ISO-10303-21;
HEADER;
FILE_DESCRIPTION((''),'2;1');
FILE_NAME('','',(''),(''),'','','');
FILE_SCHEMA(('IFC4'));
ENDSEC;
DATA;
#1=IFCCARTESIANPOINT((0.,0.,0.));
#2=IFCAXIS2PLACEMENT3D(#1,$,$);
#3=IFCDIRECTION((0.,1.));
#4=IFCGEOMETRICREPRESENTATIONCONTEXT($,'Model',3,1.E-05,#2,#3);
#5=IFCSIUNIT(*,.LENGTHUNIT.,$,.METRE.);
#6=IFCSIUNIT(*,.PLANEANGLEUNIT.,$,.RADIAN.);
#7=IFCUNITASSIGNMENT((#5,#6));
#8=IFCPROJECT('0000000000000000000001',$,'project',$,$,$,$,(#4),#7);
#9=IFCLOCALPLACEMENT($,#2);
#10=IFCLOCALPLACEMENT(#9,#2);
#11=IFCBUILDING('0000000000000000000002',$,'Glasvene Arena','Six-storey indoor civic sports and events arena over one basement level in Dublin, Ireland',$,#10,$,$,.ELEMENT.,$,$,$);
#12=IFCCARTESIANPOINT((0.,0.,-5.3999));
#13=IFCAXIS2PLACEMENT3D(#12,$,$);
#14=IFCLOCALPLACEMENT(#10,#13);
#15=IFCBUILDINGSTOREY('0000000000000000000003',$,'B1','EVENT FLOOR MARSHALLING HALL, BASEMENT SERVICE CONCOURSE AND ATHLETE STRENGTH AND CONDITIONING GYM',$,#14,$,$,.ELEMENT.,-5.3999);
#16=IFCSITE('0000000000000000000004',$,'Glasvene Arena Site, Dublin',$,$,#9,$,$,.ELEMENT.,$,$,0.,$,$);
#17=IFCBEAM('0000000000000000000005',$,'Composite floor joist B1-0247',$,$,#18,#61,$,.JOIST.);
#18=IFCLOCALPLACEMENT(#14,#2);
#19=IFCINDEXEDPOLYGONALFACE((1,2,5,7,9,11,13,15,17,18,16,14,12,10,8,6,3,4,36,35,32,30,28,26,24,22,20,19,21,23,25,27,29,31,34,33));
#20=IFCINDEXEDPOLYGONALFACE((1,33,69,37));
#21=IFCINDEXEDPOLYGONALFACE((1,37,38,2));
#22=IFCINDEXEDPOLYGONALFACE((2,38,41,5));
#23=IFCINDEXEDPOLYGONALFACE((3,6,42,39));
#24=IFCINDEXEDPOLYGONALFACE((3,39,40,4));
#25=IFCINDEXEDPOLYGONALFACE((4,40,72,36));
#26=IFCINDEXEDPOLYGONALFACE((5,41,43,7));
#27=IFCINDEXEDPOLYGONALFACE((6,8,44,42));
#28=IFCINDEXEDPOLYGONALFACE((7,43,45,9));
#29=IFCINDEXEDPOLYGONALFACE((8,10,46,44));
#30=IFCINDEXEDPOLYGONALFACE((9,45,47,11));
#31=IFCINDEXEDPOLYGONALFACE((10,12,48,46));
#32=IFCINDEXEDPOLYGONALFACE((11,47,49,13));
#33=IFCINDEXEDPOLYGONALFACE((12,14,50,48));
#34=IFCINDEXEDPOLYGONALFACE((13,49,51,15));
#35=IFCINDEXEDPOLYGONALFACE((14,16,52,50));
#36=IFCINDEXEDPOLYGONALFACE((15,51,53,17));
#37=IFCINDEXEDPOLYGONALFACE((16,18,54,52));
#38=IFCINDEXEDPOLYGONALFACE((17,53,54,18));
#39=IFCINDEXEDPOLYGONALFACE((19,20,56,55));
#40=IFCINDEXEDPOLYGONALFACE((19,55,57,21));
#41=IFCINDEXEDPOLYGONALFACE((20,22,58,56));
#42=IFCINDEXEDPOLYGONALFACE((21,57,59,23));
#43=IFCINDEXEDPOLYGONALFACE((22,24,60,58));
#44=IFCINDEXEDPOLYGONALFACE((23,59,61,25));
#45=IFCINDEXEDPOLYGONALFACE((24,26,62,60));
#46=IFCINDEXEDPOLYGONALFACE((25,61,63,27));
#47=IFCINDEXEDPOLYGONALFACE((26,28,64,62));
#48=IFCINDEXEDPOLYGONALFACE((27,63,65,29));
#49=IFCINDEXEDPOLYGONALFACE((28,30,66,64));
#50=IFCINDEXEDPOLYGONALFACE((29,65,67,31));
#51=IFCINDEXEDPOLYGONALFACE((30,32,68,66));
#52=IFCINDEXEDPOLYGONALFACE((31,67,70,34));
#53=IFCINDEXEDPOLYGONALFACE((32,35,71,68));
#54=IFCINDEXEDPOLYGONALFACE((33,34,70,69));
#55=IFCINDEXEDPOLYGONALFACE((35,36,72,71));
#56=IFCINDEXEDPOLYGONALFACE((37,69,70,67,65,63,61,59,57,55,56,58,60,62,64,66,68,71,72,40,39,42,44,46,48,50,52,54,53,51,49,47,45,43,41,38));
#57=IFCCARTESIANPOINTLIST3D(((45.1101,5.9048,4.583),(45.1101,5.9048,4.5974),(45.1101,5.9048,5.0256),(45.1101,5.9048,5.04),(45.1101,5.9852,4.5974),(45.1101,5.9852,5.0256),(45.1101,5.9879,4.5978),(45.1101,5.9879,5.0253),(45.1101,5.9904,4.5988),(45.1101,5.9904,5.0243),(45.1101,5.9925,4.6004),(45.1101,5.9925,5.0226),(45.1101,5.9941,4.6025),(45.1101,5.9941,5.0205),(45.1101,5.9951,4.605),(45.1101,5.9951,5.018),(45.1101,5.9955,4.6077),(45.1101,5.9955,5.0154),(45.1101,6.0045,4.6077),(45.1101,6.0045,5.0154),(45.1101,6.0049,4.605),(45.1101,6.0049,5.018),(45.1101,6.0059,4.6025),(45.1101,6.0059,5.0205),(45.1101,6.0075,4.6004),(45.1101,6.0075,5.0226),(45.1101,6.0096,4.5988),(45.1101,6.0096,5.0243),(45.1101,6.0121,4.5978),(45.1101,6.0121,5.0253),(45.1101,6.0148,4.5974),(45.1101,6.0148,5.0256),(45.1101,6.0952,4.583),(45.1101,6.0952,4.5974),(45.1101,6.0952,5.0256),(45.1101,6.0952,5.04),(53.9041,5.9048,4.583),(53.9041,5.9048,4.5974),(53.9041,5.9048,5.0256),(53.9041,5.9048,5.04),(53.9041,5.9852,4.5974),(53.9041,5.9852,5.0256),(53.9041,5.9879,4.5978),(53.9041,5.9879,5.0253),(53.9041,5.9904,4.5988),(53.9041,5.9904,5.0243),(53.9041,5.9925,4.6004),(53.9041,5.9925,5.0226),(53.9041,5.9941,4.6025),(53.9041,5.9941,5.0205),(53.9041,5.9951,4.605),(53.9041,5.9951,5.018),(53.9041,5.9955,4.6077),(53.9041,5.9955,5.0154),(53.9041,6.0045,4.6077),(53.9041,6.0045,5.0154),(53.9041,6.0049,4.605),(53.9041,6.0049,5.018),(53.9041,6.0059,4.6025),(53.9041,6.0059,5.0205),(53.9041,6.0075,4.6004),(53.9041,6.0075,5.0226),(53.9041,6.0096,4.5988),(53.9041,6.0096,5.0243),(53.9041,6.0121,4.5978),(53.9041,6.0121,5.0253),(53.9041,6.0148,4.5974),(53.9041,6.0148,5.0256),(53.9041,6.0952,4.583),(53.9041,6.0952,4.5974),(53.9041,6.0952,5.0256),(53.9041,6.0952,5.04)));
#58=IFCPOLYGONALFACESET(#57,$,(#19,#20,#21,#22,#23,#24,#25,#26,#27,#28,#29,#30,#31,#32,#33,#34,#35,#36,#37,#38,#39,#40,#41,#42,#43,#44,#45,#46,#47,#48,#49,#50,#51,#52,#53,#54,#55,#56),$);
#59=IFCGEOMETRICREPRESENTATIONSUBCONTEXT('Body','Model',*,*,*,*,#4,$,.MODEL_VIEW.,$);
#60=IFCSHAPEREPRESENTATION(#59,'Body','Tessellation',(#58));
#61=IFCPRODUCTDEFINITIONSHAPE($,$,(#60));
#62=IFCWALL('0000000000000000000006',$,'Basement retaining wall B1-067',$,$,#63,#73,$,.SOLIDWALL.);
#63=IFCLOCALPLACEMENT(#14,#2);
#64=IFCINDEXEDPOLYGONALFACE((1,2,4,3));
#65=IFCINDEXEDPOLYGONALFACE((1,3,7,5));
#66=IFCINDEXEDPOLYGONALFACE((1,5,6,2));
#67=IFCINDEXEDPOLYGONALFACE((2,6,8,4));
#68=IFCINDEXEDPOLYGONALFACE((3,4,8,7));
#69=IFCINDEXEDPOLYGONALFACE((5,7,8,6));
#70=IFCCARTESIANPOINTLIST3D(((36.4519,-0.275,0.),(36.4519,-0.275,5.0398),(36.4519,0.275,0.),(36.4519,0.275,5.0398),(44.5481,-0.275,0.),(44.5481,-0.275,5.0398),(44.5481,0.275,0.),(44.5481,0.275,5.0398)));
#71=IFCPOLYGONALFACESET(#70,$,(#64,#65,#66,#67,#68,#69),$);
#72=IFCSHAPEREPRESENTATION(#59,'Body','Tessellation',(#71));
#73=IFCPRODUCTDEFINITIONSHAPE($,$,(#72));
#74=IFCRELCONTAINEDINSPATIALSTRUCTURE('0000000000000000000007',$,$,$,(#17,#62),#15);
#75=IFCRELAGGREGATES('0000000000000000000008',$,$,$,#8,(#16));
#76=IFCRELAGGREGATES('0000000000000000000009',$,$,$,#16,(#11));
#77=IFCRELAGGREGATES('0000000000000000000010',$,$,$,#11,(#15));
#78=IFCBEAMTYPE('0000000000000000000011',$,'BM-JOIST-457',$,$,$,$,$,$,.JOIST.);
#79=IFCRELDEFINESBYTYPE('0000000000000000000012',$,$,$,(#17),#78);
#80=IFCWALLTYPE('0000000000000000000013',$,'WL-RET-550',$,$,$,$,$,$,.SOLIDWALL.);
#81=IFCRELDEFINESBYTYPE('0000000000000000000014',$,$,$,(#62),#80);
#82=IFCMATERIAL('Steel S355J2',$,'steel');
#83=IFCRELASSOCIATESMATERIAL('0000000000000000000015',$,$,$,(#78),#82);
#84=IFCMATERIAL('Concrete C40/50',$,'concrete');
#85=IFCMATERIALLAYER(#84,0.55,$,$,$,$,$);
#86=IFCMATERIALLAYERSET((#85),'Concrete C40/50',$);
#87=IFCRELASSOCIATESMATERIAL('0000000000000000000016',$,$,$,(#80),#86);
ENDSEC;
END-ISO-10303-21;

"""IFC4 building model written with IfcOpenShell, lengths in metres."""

from ifc_helpers import new_model, si_unit, direction, frame, frame_2d, origin, origin_2d, place, context, subcontext, project, spatial, rectangle, i_section, extrude, material, layer, layer_set, material_profile, profile_set, type_object, element, save


model = new_model("IFC4")

# Units and contexts
model_context = context("Model", 3, precision=1e-05, world=origin(), true_north=direction((0.0, 1.0)))
body_context = subcontext(model_context, "Body", "Model", "MODEL_VIEW")
ifc_project = project(units=[si_unit("LENGTHUNIT", "METRE"), si_unit("PLANEANGLEUNIT", "RADIAN")], contexts=[model_context])

# Site, building, storey
site_placement = place(None, origin())
site = spatial("IfcSite", under=ifc_project, at=site_placement, Name="Glasvene Arena Site, Dublin", CompositionType="ELEMENT", RefElevation=0.0)
building_placement = place(site_placement, origin())
building = spatial("IfcBuilding", under=site, at=building_placement, Name="Glasvene Arena", Description="Six-storey indoor civic sports and events arena over one basement level in Dublin, Ireland", CompositionType="ELEMENT")
storey_placement = place(building_placement, frame((0.0, 0.0, -5.3999)))
storey = spatial("IfcBuildingStorey", under=building, at=storey_placement, Name="B1", Description="EVENT FLOOR MARSHALLING HALL, BASEMENT SERVICE CONCOURSE AND ATHLETE STRENGTH AND CONDITIONING GYM", CompositionType="ELEMENT", Elevation=-5.3999)

# Shared definitions
ifc_material_1 = material(Name="Concrete C40/50", Category="concrete")

# Shared definitions
ifc_material_2 = material(Name="Steel S355J2", Category="steel")

# Beam
ifc_material_profile_1 = material_profile(ifc_material_2, i_section(OverallWidth=0.1904, OverallDepth=0.457, WebThickness=0.009, FlangeThickness=0.0144, FilletRadius=0.0103, at=origin_2d()), Name="UKB 457x191x74")
ifc_profile_set_1 = profile_set([ifc_material_profile_1], Name="Steel S355J2")
beam_type_1 = type_object("IfcBeamType", Name="BM-JOIST-457", PredefinedType="JOIST", material=ifc_profile_set_1)
for number, where, z_axis, x_axis, name in (
    (1, (45.1101, 6.0, 4.8115), (1.0, 0.0, 0.0), (0.0, 1.0, 0.0), "Composite floor joist B1-0247"),
):
    element("IfcBeam", number, at=place(storey_placement, frame(where, z_axis=z_axis, x_axis=x_axis)), inside=storey, type_object=beam_type_1, Name=name, PredefinedType="JOIST", context=body_context, shape_type="SweptSolid", body=[
        extrude(i_section(OverallWidth=0.1904, OverallDepth=0.457, WebThickness=0.009, FlangeThickness=0.0144, FilletRadius=0.0103, at=origin_2d()), origin(), (0.0, 0.0, 1.0), 8.7939),
    ])

# Wall
ifc_layer_1 = layer(ifc_material_1, 0.55)
ifc_layer_set_1 = layer_set([ifc_layer_1], Name="Concrete C40/50")
wall_type = type_object("IfcWallType", Name="WL-RET-550", PredefinedType="SOLIDWALL", material=ifc_layer_set_1)
wall_placement = place(storey_placement, frame((44.5481, 0.0, 0.0), z_axis=(0.0, 0.0, 1.0), x_axis=(-1.0, 0.0, 0.0)))
element("IfcWall", 2, at=wall_placement, inside=storey, type_object=wall_type, Name="Basement retaining wall B1-067", PredefinedType="SOLIDWALL", context=body_context, shape_type="SweptSolid", body=[
    extrude(rectangle(XDim=8.0962, YDim=0.55, at=frame_2d((4.0481, 0.0))), origin(), (0.0, 0.0, 1.0), 5.0398),
])

save(model, "model.ifc")
